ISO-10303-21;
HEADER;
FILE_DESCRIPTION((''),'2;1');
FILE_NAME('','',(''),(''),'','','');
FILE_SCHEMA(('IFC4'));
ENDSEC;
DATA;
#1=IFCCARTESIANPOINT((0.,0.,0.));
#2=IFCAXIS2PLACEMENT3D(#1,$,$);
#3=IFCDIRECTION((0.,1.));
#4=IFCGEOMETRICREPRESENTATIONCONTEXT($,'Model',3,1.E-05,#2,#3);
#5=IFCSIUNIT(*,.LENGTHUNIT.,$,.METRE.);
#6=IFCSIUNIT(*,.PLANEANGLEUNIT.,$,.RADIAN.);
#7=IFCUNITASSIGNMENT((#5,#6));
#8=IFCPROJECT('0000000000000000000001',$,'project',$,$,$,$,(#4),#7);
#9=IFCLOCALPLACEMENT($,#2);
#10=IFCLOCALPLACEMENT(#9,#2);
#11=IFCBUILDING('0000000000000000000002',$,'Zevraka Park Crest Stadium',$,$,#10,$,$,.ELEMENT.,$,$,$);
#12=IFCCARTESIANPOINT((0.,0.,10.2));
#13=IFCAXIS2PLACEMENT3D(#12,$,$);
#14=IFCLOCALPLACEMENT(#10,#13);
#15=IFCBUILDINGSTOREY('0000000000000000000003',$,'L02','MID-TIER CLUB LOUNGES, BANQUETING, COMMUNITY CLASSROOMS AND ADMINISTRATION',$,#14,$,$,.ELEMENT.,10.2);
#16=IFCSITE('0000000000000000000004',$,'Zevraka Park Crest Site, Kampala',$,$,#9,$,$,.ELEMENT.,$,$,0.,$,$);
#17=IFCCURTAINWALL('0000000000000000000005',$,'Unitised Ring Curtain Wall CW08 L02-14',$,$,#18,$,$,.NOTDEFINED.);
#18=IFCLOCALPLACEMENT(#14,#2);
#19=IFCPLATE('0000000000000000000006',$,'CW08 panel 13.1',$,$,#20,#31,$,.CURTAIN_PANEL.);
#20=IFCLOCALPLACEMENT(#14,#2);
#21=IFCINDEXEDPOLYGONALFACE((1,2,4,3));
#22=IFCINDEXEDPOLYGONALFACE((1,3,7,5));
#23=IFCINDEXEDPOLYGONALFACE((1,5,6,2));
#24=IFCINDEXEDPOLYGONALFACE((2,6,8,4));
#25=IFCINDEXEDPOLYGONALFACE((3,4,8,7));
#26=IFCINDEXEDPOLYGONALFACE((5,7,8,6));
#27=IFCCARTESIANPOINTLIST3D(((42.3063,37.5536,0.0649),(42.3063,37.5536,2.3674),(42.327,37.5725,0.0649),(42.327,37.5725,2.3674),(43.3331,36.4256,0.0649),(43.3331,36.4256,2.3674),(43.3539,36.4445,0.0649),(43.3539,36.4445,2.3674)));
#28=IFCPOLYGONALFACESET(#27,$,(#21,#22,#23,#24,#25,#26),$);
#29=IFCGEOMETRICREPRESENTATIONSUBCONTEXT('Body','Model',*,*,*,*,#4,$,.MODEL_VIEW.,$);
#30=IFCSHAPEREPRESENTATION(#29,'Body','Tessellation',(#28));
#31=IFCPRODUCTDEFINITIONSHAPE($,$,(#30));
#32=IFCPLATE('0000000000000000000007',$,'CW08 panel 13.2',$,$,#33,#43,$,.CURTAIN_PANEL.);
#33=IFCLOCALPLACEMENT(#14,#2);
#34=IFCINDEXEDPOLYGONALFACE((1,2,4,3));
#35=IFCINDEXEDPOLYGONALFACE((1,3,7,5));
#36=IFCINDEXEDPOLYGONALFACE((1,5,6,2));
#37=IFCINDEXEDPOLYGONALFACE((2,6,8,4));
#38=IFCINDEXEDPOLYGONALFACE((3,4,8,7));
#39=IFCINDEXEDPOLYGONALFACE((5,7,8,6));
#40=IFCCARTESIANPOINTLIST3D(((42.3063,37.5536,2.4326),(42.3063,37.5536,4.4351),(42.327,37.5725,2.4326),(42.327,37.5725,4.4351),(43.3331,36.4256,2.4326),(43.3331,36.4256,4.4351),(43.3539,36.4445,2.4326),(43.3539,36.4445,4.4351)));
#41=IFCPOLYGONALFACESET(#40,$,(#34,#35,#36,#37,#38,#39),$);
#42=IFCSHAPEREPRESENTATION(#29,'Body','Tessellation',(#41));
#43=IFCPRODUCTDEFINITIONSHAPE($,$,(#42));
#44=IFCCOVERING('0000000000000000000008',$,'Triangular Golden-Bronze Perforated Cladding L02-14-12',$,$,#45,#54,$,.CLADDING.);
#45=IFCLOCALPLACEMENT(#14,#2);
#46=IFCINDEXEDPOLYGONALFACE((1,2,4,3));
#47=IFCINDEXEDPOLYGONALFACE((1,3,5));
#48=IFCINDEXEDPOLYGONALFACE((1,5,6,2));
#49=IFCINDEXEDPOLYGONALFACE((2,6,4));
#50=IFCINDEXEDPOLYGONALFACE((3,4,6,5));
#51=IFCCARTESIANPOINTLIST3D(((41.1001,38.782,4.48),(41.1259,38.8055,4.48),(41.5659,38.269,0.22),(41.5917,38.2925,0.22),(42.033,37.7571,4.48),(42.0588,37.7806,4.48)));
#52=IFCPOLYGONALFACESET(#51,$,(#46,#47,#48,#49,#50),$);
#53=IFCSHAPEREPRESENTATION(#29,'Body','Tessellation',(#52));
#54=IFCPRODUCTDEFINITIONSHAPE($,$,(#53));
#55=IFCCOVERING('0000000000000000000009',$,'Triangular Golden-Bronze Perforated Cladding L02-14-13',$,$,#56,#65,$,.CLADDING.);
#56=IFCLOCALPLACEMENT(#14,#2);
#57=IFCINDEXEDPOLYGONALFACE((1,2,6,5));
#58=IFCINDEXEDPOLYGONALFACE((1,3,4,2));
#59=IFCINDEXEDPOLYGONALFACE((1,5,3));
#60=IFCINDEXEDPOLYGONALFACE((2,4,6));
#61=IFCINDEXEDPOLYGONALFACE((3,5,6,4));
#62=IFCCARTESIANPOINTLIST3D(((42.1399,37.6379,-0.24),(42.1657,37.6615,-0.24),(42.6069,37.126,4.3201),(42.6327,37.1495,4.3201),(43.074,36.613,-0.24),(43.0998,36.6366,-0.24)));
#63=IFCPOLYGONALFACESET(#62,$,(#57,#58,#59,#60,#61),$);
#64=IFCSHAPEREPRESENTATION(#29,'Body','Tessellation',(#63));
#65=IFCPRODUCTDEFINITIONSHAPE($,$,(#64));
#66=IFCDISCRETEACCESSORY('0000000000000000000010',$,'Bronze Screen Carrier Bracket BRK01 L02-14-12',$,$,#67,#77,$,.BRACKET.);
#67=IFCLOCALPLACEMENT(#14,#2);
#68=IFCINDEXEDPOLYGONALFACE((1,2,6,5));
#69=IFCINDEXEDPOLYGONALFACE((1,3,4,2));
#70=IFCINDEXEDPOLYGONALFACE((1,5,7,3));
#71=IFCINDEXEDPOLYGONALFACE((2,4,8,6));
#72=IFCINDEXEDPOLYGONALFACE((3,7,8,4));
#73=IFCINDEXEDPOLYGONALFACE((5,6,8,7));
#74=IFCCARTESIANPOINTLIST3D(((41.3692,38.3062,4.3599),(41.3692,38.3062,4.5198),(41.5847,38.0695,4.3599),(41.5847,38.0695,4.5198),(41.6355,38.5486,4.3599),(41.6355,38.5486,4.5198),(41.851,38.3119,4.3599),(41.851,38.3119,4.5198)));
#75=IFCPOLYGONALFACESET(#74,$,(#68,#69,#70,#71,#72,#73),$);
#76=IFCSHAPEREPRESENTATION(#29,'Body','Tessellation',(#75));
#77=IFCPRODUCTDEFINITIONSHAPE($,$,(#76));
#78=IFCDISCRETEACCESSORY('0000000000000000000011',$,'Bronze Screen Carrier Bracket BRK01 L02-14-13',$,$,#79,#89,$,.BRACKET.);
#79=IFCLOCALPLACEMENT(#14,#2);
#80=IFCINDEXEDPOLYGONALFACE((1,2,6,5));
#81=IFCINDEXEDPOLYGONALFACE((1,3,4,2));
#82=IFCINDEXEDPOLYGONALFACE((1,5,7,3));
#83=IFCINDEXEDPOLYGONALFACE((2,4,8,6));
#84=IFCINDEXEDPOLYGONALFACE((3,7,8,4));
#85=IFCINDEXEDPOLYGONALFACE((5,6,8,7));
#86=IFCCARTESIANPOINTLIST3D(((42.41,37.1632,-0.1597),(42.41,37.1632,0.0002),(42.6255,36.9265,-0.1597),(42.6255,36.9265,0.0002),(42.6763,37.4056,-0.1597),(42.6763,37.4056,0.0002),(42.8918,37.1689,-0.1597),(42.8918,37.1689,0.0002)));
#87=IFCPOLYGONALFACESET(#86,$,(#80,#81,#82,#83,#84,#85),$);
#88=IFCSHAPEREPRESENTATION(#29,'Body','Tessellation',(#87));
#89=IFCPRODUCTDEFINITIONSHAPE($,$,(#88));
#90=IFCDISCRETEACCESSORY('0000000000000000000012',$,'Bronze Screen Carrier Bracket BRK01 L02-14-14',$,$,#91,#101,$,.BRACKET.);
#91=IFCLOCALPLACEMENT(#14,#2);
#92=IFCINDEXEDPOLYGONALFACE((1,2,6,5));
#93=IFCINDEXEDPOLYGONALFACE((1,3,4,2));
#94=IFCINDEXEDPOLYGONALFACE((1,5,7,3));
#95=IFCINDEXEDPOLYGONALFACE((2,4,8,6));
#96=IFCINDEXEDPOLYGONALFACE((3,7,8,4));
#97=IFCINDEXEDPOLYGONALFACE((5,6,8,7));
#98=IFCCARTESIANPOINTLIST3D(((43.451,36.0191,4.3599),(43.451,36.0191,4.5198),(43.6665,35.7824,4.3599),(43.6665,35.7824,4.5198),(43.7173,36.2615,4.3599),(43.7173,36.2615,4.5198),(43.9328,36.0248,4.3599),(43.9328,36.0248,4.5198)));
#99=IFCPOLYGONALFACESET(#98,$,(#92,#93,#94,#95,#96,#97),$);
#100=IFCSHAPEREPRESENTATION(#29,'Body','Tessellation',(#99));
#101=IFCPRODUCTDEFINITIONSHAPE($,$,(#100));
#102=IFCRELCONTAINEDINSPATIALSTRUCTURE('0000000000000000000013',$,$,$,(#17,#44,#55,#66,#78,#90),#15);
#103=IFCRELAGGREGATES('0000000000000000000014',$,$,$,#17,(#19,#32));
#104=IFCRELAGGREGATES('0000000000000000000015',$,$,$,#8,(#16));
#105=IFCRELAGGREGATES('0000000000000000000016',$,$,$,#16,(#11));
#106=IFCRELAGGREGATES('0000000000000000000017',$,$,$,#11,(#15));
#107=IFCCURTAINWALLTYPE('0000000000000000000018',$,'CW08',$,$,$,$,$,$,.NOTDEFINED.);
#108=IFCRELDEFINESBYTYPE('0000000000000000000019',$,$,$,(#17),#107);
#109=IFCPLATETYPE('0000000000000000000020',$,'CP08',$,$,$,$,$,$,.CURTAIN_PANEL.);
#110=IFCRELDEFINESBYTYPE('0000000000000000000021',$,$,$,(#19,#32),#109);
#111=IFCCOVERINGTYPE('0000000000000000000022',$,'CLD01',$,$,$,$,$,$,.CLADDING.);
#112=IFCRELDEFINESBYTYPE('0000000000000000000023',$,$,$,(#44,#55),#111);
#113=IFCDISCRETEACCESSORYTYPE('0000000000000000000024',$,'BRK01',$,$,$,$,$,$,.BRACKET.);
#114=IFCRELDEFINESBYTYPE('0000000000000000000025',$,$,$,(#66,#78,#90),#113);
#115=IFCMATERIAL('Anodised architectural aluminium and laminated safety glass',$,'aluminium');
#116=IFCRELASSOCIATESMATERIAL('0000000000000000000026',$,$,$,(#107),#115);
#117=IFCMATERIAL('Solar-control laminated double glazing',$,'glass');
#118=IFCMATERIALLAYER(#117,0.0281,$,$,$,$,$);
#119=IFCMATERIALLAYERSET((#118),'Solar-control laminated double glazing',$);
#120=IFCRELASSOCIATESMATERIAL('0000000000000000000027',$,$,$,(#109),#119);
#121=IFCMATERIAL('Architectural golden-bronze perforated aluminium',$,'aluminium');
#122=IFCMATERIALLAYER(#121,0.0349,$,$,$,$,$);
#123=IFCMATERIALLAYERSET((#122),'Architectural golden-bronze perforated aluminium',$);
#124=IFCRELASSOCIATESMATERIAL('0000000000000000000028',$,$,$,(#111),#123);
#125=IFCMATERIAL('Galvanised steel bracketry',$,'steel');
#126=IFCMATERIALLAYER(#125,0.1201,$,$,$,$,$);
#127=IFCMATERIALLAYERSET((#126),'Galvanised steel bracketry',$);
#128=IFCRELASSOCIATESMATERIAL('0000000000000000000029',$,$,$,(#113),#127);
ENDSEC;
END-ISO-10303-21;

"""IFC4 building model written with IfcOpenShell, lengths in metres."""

from ifc_helpers import new_model, si_unit, direction, frame, origin, origin_2d, place, context, subcontext, project, spatial, polyline, rectangle, outline, extrude, material, layer, layer_set, type_object, element, aggregate, save


model = new_model("IFC4")

# Units and contexts
model_context = context("Model", 3, precision=1e-05, world=origin(), true_north=direction((0.0, 1.0)))
body_context = subcontext(model_context, "Body", "Model", "MODEL_VIEW")
ifc_project = project(units=[si_unit("LENGTHUNIT", "METRE"), si_unit("PLANEANGLEUNIT", "RADIAN")], contexts=[model_context])

# Site, building, storey
site_placement = place(None, origin())
site = spatial("IfcSite", under=ifc_project, at=site_placement, Name="Zevraka Park Crest Site, Kampala", CompositionType="ELEMENT", RefElevation=0.0)
building_placement = place(site_placement, origin())
building = spatial("IfcBuilding", under=site, at=building_placement, Name="Zevraka Park Crest Stadium", CompositionType="ELEMENT")
storey_placement = place(building_placement, frame((0.0, 0.0, 10.2)))
storey = spatial("IfcBuildingStorey", under=building, at=storey_placement, Name="L02", Description="MID-TIER CLUB LOUNGES, BANQUETING, COMMUNITY CLASSROOMS AND ADMINISTRATION", CompositionType="ELEMENT", Elevation=10.2)

# Curtain wall, plates
ifc_material_1 = material(Name="Anodised architectural aluminium and laminated safety glass", Category="aluminium")
curtain_wall_type = type_object("IfcCurtainWallType", Name="CW08", PredefinedType="NOTDEFINED", material=ifc_material_1)
curtain_wall_placement = place(storey_placement, origin())
curtain_wall = element("IfcCurtainWall", 1, at=curtain_wall_placement, inside=storey, type_object=curtain_wall_type, Name="Unitised Ring Curtain Wall CW08 L02-14", PredefinedType="NOTDEFINED")
ifc_material_2 = material(Name="Solar-control laminated double glazing", Category="glass")
ifc_layer_1 = layer(ifc_material_2, 0.0281)
ifc_layer_set_1 = layer_set([ifc_layer_1], Name="Solar-control laminated double glazing")
plate_type = type_object("IfcPlateType", Name="CP08", PredefinedType="CURTAIN_PANEL", material=ifc_layer_set_1)
plate_1_placement = place(storey_placement, frame((42.8301, 36.999, 0.0649), z_axis=(0.0, 0.0, 1.0), x_axis=(0.67316, -0.739497, 0.0)))
plate_1 = element("IfcPlate", 2, at=plate_1_placement, type_object=plate_type, Name="CW08 panel 13.1", PredefinedType="CURTAIN_PANEL", context=body_context, shape_type="SweptSolid", body=[
    extrude(rectangle(XDim=1.5254, YDim=0.0281, at=origin_2d()), origin(), (0.0, 0.0, 1.0), 2.3025),
])
plate_2_placement = place(storey_placement, frame((42.8301, 36.999, 2.4326), z_axis=(0.0, 0.0, 1.0), x_axis=(0.67316, -0.739497, 0.0)))
plate_2 = element("IfcPlate", 3, at=plate_2_placement, type_object=plate_type, Name="CW08 panel 13.2", PredefinedType="CURTAIN_PANEL", context=body_context, shape_type="SweptSolid", body=[
    extrude(rectangle(XDim=1.5254, YDim=0.0281, at=origin_2d()), origin(), (0.0, 0.0, 1.0), 2.0024),
])
aggregate(curtain_wall, [plate_1, plate_2])

# Coverings
ifc_material_3 = material(Name="Architectural golden-bronze perforated aluminium", Category="aluminium")
ifc_layer_2 = layer(ifc_material_3, 0.0349)
ifc_layer_set_2 = layer_set([ifc_layer_2], Name="Architectural golden-bronze perforated aluminium")
covering_type = type_object("IfcCoveringType", Name="CLD01", PredefinedType="CLADDING", material=ifc_layer_set_2)
covering_1_placement = place(storey_placement, frame((42.033, 37.7571, 4.48), z_axis=(-0.739533, -0.67312, 0.000183), x_axis=(-0.67312, 0.739533, 0.0)))
element("IfcCovering", 4, at=covering_1_placement, inside=storey, type_object=covering_type, Name="Triangular Golden-Bronze Perforated Cladding L02-14-12", PredefinedType="CLADDING", context=body_context, shape_type="SweptSolid", body=[
    extrude(outline(polyline([(0.0, 0.0), (1.3859, 0.0), (0.693, 4.26), (0.0, 0.0)])), origin(), (0.0, 0.0, -1.0), 0.0349),
])
covering_2_placement = place(storey_placement, frame((42.1399, 37.6379, -0.24), z_axis=(-0.739095, -0.673601, 0.000072), x_axis=(0.673601, -0.739095, 0.0)))
element("IfcCovering", 5, at=covering_2_placement, inside=storey, type_object=covering_type, Name="Triangular Golden-Bronze Perforated Cladding L02-14-13", PredefinedType="CLADDING", context=body_context, shape_type="SweptSolid", body=[
    extrude(outline(polyline([(0.0, 0.0), (1.3867, 0.0), (0.693, 4.5601), (0.0, 0.0)])), origin(), (0.0, 0.0, -1.0), 0.0349),
])

# Discrete accessories
ifc_material_4 = material(Name="Galvanised steel bracketry", Category="steel")
ifc_layer_3 = layer(ifc_material_4, 0.1201)
ifc_layer_set_3 = layer_set([ifc_layer_3], Name="Galvanised steel bracketry")
discrete_accessory_type = type_object("IfcDiscreteAccessoryType", Name="BRK01", PredefinedType="BRACKET", material=ifc_layer_set_3)
for number, where, z_axis, x_axis, name in (
    (6, (41.6101, 38.3091, 4.3599), (0.0, 0.0, 1.0), (0.673142, -0.739514, 0.0), "Bronze Screen Carrier Bracket BRK01 L02-14-12"),
    (7, (42.6509, 37.166, -0.1597), (0.0, 0.0, 1.0), (0.673142, -0.739514, 0.0), "Bronze Screen Carrier Bracket BRK01 L02-14-13"),
    (8, (43.6919, 36.022, 4.3599), (0.0, 0.0, 1.0), (0.673142, -0.739514, 0.0), "Bronze Screen Carrier Bracket BRK01 L02-14-14"),
):
    element("IfcDiscreteAccessory", number, at=place(storey_placement, frame(where, z_axis=z_axis, x_axis=x_axis)), inside=storey, type_object=discrete_accessory_type, Name=name, PredefinedType="BRACKET", context=body_context, shape_type="SweptSolid", body=[
        extrude(rectangle(XDim=0.3201, YDim=0.3601, at=origin_2d()), origin(), (0.0, 0.0, 1.0), 0.1599),
    ])

save(model, "model.ifc")
